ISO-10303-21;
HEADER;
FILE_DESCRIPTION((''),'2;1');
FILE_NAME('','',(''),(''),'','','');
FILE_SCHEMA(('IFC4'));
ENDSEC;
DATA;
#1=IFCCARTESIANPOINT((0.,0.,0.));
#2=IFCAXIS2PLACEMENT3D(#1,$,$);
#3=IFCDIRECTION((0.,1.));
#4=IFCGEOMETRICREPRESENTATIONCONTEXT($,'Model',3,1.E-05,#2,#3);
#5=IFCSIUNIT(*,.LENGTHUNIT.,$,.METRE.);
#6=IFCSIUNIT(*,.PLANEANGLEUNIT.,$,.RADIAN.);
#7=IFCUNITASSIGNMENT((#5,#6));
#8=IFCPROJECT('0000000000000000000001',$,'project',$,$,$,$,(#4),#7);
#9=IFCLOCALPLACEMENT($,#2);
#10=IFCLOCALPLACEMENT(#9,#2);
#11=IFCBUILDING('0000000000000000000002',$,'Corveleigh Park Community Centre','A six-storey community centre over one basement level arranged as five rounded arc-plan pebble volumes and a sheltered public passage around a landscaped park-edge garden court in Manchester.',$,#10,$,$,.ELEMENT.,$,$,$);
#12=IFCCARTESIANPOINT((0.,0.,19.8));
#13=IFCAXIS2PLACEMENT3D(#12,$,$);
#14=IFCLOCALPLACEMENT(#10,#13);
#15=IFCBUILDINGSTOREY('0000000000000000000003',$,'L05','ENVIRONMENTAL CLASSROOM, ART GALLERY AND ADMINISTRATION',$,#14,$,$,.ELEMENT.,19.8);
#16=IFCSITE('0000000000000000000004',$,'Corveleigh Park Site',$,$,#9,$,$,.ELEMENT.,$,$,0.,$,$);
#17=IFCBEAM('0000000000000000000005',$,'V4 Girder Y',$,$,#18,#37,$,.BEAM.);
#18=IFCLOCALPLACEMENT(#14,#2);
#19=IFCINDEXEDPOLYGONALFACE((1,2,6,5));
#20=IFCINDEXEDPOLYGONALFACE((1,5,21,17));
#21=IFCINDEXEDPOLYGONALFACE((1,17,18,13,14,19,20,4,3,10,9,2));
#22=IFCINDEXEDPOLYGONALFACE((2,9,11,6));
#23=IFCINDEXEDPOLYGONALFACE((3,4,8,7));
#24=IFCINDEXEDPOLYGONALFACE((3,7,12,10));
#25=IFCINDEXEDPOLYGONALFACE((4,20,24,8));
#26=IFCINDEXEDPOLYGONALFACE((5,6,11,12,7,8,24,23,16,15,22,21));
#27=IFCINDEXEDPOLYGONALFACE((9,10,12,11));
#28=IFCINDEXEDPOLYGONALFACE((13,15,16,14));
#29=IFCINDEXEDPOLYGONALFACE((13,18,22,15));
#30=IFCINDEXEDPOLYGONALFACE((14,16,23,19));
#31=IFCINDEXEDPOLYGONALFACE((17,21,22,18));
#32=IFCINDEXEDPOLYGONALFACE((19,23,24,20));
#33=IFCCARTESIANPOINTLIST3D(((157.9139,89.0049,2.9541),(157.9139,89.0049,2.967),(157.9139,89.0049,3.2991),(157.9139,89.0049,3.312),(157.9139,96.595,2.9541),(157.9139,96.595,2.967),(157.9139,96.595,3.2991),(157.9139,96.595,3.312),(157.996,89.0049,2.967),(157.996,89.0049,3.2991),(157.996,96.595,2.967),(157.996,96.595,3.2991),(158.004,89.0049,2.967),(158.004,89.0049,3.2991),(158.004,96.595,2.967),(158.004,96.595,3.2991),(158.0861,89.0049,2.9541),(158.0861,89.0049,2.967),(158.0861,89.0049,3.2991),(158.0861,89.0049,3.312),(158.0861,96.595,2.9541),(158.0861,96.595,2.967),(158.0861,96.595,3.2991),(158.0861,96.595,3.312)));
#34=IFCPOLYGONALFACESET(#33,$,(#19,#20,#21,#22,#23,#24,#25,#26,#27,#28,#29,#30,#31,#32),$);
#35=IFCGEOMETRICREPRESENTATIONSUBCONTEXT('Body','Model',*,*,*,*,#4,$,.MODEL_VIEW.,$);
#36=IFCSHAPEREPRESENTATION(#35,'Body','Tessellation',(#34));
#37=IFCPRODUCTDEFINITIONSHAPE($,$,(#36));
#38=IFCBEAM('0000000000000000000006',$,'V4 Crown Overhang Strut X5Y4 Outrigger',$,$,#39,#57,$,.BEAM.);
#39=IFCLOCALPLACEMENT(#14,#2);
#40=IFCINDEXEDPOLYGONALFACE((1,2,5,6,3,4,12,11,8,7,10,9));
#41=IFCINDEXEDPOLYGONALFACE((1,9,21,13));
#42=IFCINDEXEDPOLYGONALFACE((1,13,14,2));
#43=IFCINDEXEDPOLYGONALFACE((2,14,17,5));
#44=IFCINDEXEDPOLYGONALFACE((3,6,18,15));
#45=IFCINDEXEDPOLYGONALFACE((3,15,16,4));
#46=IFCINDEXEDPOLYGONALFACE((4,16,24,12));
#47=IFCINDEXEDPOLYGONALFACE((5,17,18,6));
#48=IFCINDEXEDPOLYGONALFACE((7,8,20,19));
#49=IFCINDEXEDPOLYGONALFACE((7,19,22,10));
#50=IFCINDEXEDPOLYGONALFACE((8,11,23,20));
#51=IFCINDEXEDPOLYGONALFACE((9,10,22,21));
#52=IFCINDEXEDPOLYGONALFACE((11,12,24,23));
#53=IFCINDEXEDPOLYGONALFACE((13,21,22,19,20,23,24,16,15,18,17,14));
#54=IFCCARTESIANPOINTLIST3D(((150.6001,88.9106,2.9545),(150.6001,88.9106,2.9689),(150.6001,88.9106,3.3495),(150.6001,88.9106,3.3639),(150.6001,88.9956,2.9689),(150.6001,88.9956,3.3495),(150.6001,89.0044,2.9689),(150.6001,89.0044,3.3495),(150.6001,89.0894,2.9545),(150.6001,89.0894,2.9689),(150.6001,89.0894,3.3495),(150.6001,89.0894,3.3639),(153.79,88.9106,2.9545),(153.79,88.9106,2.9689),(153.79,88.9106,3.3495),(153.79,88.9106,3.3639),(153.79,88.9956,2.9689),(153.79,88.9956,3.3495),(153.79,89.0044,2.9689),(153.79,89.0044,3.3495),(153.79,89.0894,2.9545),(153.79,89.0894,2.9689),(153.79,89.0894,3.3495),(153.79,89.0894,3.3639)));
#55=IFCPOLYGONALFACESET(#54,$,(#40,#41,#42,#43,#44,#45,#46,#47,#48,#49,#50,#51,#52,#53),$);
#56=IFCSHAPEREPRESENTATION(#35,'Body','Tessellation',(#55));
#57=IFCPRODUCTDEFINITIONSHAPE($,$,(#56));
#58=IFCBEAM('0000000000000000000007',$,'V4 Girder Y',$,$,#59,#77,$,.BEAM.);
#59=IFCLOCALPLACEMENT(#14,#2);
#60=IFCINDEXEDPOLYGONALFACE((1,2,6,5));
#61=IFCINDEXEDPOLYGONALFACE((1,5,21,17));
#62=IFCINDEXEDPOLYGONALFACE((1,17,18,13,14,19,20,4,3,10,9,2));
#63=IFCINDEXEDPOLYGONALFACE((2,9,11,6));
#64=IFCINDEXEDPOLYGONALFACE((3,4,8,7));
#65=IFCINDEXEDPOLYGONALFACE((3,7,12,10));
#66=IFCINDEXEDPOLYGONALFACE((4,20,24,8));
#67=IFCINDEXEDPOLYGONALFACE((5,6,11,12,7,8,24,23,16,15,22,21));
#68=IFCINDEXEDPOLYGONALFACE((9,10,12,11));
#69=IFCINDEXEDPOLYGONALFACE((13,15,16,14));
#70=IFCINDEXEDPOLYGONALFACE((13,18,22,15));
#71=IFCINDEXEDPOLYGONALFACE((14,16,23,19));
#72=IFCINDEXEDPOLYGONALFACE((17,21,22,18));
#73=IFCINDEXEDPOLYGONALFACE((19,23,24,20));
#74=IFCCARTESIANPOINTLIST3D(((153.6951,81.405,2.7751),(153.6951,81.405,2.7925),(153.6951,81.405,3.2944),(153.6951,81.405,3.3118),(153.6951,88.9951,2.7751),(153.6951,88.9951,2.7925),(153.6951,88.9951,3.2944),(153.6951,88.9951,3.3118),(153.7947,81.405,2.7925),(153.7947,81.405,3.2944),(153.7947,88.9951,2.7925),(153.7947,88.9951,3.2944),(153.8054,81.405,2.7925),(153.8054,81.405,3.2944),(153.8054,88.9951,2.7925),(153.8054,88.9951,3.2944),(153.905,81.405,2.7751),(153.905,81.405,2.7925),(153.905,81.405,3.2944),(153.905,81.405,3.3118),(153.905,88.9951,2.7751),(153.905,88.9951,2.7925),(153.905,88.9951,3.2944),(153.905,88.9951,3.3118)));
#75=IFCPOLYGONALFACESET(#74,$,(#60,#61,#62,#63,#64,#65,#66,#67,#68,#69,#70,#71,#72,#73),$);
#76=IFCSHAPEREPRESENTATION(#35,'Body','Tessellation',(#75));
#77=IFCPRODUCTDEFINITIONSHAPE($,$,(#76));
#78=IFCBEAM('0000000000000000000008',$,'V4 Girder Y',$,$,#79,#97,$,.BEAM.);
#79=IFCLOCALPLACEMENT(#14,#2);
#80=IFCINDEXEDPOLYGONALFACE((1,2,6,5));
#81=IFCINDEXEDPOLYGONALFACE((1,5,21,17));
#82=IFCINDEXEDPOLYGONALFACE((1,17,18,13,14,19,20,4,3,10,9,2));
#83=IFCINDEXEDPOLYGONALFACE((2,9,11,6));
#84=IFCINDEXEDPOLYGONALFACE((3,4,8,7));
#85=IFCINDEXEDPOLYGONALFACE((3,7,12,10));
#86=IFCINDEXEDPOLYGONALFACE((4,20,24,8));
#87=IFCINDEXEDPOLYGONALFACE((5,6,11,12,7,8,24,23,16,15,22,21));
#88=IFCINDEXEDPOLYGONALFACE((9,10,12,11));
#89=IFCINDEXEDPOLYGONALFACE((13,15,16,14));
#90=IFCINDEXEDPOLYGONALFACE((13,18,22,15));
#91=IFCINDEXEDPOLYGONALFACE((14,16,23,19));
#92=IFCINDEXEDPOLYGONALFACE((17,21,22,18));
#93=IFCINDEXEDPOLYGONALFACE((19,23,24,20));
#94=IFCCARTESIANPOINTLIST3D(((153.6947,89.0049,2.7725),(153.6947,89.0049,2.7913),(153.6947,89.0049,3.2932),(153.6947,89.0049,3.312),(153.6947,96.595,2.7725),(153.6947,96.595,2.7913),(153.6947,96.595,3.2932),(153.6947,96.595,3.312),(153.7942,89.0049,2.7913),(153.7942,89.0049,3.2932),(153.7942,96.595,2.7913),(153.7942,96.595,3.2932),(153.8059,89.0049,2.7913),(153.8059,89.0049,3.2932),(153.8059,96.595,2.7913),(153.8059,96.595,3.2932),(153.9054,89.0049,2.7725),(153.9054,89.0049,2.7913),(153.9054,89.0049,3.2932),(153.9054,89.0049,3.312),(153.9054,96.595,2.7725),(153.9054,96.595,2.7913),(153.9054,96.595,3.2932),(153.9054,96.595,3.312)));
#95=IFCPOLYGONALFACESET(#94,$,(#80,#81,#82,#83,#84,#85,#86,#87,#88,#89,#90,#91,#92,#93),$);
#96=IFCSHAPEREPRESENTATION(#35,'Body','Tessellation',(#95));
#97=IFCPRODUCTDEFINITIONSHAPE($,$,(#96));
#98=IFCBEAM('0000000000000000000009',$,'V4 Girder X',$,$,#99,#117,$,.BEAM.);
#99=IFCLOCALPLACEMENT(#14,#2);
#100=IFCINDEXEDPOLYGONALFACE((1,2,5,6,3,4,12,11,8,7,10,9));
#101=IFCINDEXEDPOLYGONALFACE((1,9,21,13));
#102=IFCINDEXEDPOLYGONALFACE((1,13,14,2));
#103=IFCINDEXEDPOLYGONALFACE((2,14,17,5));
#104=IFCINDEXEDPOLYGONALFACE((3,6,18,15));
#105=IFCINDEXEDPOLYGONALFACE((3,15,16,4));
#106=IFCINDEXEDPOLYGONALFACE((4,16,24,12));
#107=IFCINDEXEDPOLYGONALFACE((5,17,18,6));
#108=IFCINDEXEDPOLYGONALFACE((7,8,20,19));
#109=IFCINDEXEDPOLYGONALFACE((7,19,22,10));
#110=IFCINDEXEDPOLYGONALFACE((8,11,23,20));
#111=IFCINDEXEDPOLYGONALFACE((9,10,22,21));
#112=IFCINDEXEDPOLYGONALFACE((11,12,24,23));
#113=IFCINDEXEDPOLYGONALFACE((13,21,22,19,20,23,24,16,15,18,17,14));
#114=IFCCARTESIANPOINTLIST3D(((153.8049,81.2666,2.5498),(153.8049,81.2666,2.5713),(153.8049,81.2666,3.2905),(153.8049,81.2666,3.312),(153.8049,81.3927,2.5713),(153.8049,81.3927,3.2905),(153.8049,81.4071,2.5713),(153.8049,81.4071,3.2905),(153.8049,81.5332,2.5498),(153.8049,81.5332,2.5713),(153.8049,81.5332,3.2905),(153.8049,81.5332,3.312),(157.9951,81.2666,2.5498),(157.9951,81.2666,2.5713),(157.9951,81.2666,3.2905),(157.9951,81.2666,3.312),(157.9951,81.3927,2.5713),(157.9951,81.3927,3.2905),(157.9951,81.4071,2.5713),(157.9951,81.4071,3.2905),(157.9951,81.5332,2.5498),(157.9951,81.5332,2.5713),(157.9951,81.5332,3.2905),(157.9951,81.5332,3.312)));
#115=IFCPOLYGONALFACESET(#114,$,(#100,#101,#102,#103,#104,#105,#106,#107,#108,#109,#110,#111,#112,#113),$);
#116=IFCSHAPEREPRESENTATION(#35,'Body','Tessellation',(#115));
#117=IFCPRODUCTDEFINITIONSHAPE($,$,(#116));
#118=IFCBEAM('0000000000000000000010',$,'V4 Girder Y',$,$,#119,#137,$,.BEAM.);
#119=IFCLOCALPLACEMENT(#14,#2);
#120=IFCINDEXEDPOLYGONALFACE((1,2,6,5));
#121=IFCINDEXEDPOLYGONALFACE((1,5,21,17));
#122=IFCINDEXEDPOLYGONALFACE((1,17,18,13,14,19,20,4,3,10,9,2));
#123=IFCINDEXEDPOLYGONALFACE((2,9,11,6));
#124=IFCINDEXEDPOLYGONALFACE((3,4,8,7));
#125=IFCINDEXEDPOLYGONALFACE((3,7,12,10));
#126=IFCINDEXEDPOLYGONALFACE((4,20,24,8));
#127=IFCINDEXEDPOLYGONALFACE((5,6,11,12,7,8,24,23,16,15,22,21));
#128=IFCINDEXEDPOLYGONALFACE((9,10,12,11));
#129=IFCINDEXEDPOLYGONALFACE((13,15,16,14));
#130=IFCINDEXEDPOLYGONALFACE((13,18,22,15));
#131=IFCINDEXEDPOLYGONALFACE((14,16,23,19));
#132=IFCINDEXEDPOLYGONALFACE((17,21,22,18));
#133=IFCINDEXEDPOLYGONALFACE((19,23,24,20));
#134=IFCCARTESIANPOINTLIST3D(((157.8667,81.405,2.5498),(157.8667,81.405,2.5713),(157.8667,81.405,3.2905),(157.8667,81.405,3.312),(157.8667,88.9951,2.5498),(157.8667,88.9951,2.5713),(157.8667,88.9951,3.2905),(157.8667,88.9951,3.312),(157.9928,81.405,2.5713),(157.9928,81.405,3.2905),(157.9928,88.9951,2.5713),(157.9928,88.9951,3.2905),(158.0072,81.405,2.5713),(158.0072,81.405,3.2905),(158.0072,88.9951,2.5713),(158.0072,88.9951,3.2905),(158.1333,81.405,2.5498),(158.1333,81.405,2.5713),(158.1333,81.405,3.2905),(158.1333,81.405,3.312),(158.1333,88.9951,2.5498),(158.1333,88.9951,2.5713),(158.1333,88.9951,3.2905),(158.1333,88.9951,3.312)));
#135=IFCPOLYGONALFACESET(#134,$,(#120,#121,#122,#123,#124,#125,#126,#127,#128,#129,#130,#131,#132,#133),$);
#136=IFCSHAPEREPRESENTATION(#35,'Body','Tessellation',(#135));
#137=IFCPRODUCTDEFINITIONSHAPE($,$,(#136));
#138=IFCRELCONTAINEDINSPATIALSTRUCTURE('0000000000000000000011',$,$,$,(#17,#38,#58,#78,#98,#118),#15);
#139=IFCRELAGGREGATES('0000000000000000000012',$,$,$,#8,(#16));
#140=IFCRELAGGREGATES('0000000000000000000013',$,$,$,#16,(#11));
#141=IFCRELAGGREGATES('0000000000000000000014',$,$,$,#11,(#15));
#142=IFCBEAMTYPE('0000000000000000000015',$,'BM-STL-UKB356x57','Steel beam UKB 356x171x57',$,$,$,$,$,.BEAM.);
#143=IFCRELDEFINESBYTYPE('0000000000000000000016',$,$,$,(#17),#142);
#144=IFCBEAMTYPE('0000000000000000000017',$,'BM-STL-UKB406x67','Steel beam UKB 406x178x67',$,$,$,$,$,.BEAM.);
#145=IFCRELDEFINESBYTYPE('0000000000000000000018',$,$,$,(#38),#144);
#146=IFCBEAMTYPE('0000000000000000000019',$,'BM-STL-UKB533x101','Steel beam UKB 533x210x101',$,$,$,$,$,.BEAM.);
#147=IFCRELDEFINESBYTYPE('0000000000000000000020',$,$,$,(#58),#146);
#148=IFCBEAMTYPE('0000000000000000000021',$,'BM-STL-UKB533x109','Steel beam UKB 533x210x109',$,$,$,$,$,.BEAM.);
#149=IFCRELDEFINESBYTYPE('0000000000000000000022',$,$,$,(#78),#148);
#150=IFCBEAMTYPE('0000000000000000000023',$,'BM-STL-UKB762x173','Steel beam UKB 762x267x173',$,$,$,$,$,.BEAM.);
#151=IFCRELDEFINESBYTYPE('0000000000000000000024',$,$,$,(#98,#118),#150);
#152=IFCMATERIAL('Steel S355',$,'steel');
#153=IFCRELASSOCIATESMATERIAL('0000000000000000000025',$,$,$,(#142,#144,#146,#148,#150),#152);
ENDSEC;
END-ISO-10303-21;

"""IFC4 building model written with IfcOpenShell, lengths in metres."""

from ifc_helpers import new_model, si_unit, direction, frame, origin, origin_2d, place, context, subcontext, project, spatial, i_section, extrude, material, material_profile, profile_set, type_object, element, save


model = new_model("IFC4")

# Units and contexts
model_context = context("Model", 3, precision=1e-05, world=origin(), true_north=direction((0.0, 1.0)))
body_context = subcontext(model_context, "Body", "Model", "MODEL_VIEW")
ifc_project = project(units=[si_unit("LENGTHUNIT", "METRE"), si_unit("PLANEANGLEUNIT", "RADIAN")], contexts=[model_context])

# Site, building, storey
site_placement = place(None, origin())
site = spatial("IfcSite", under=ifc_project, at=site_placement, Name="Corveleigh Park Site", CompositionType="ELEMENT", RefElevation=0.0)
building_placement = place(site_placement, origin())
building = spatial("IfcBuilding", under=site, at=building_placement, Name="Corveleigh Park Community Centre", Description="A six-storey community centre over one basement level arranged as five rounded arc-plan pebble volumes and a sheltered public passage around a landscaped park-edge garden court in Manchester.", CompositionType="ELEMENT")
storey_placement = place(building_placement, frame((0.0, 0.0, 19.8)))
storey = spatial("IfcBuildingStorey", under=building, at=storey_placement, Name="L05", Description="ENVIRONMENTAL CLASSROOM, ART GALLERY AND ADMINISTRATION", CompositionType="ELEMENT", Elevation=19.8)

# Shared definitions
ifc_material_1 = material(Name="Steel S355", Category="steel")

# Beams
ifc_material_profile_1 = material_profile(ifc_material_1, i_section(OverallWidth=0.1721, OverallDepth=0.3579, WebThickness=0.0081, FlangeThickness=0.0129, at=origin_2d()), Name="UKB 356x171x57", Category="steel")
ifc_profile_set_1 = profile_set([ifc_material_profile_1], Name="Steel S355")
beam_type_1 = type_object("IfcBeamType", Name="BM-STL-UKB356x57", Description="Steel beam UKB 356x171x57", PredefinedType="BEAM", material=ifc_profile_set_1)
beam_1_placement = place(storey_placement, frame((158.0, 89.0049, 3.1331), z_axis=(0.0, 1.0, 0.0), x_axis=(-1.0, 0.0, 0.0)))
element("IfcBeam", 1, at=beam_1_placement, inside=storey, type_object=beam_type_1, Name="V4 Girder Y", PredefinedType="BEAM", context=body_context, shape_type="SweptSolid", body=[
    extrude(i_section(OverallWidth=0.1721, OverallDepth=0.3579, WebThickness=0.0081, FlangeThickness=0.0129, at=origin_2d()), origin(), (0.0, 0.0, 1.0), 7.5901),
])
ifc_material_profile_2 = material_profile(ifc_material_1, i_section(OverallWidth=0.1787, OverallDepth=0.4094, WebThickness=0.0088, FlangeThickness=0.0144, at=origin_2d()), Name="UKB 406x178x67", Category="steel")
ifc_profile_set_2 = profile_set([ifc_material_profile_2], Name="Steel S355")
beam_type_2 = type_object("IfcBeamType", Name="BM-STL-UKB406x67", Description="Steel beam UKB 406x178x67", PredefinedType="BEAM", material=ifc_profile_set_2)
beam_2_placement = place(storey_placement, frame((153.79, 89.0, 3.1592), z_axis=(-1.0, 0.0, 0.0), x_axis=(0.0, -1.0, 0.0)))
element("IfcBeam", 2, at=beam_2_placement, inside=storey, type_object=beam_type_2, Name="V4 Crown Overhang Strut X5Y4 Outrigger", PredefinedType="BEAM", context=body_context, shape_type="SweptSolid", body=[
    extrude(i_section(OverallWidth=0.1787, OverallDepth=0.4094, WebThickness=0.0088, FlangeThickness=0.0144, at=origin_2d()), origin(), (0.0, 0.0, 1.0), 3.1899),
])
ifc_material_profile_3 = material_profile(ifc_material_1, i_section(OverallWidth=0.21, OverallDepth=0.5366, WebThickness=0.0107, FlangeThickness=0.0173, at=origin_2d()), Name="UKB 533x210x101", Category="steel")
ifc_profile_set_3 = profile_set([ifc_material_profile_3], Name="Steel S355")
beam_type_3 = type_object("IfcBeamType", Name="BM-STL-UKB533x101", Description="Steel beam UKB 533x210x101", PredefinedType="BEAM", material=ifc_profile_set_3)
beam_3_placement = place(storey_placement, frame((153.8, 81.405, 3.0435), z_axis=(0.0, 1.0, 0.0), x_axis=(-1.0, 0.0, 0.0)))
element("IfcBeam", 3, at=beam_3_placement, inside=storey, type_object=beam_type_3, Name="V4 Girder Y", PredefinedType="BEAM", context=body_context, shape_type="SweptSolid", body=[
    extrude(i_section(OverallWidth=0.21, OverallDepth=0.5366, WebThickness=0.0107, FlangeThickness=0.0173, at=origin_2d()), origin(), (0.0, 0.0, 1.0), 7.5901),
])
ifc_material_profile_4 = material_profile(ifc_material_1, i_section(OverallWidth=0.2107, OverallDepth=0.5396, WebThickness=0.0117, FlangeThickness=0.0188, at=origin_2d()), Name="UKB 533x210x109", Category="steel")
ifc_profile_set_4 = profile_set([ifc_material_profile_4], Name="Steel S355")
beam_type_4 = type_object("IfcBeamType", Name="BM-STL-UKB533x109", Description="Steel beam UKB 533x210x109", PredefinedType="BEAM", material=ifc_profile_set_4)
beam_4_placement = place(storey_placement, frame((153.8, 89.0049, 3.0422), z_axis=(0.0, 1.0, 0.0), x_axis=(-1.0, 0.0, 0.0)))
element("IfcBeam", 4, at=beam_4_placement, inside=storey, type_object=beam_type_4, Name="V4 Girder Y", PredefinedType="BEAM", context=body_context, shape_type="SweptSolid", body=[
    extrude(i_section(OverallWidth=0.2107, OverallDepth=0.5396, WebThickness=0.0117, FlangeThickness=0.0188, at=origin_2d()), origin(), (0.0, 0.0, 1.0), 7.5901),
])
ifc_material_profile_5 = material_profile(ifc_material_1, i_section(OverallWidth=0.2666, OverallDepth=0.7622, WebThickness=0.0144, FlangeThickness=0.0215, at=origin_2d()), Name="UKB 762x267x173", Category="steel")
ifc_profile_set_5 = profile_set([ifc_material_profile_5], Name="Steel S355")
beam_type_5 = type_object("IfcBeamType", Name="BM-STL-UKB762x173", Description="Steel beam UKB 762x267x173", PredefinedType="BEAM", material=ifc_profile_set_5)
beam_5_placement = place(storey_placement, frame((153.8049, 81.3999, 2.9309), z_axis=(1.0, 0.0, 0.0), x_axis=(0.0, 1.0, 0.0)))
element("IfcBeam", 5, at=beam_5_placement, inside=storey, type_object=beam_type_5, Name="V4 Girder X", PredefinedType="BEAM", context=body_context, shape_type="SweptSolid", body=[
    extrude(i_section(OverallWidth=0.2666, OverallDepth=0.7622, WebThickness=0.0144, FlangeThickness=0.0215, at=origin_2d()), origin(), (0.0, 0.0, 1.0), 4.1902),
])
beam_6_placement = place(storey_placement, frame((158.0, 81.405, 2.9309), z_axis=(0.0, 1.0, 0.0), x_axis=(-1.0, 0.0, 0.0)))
element("IfcBeam", 6, at=beam_6_placement, inside=storey, type_object=beam_type_5, Name="V4 Girder Y", PredefinedType="BEAM", context=body_context, shape_type="SweptSolid", body=[
    extrude(i_section(OverallWidth=0.2666, OverallDepth=0.7622, WebThickness=0.0144, FlangeThickness=0.0215, at=origin_2d()), origin(), (0.0, 0.0, 1.0), 7.5901),
])

save(model, "model.ifc")
